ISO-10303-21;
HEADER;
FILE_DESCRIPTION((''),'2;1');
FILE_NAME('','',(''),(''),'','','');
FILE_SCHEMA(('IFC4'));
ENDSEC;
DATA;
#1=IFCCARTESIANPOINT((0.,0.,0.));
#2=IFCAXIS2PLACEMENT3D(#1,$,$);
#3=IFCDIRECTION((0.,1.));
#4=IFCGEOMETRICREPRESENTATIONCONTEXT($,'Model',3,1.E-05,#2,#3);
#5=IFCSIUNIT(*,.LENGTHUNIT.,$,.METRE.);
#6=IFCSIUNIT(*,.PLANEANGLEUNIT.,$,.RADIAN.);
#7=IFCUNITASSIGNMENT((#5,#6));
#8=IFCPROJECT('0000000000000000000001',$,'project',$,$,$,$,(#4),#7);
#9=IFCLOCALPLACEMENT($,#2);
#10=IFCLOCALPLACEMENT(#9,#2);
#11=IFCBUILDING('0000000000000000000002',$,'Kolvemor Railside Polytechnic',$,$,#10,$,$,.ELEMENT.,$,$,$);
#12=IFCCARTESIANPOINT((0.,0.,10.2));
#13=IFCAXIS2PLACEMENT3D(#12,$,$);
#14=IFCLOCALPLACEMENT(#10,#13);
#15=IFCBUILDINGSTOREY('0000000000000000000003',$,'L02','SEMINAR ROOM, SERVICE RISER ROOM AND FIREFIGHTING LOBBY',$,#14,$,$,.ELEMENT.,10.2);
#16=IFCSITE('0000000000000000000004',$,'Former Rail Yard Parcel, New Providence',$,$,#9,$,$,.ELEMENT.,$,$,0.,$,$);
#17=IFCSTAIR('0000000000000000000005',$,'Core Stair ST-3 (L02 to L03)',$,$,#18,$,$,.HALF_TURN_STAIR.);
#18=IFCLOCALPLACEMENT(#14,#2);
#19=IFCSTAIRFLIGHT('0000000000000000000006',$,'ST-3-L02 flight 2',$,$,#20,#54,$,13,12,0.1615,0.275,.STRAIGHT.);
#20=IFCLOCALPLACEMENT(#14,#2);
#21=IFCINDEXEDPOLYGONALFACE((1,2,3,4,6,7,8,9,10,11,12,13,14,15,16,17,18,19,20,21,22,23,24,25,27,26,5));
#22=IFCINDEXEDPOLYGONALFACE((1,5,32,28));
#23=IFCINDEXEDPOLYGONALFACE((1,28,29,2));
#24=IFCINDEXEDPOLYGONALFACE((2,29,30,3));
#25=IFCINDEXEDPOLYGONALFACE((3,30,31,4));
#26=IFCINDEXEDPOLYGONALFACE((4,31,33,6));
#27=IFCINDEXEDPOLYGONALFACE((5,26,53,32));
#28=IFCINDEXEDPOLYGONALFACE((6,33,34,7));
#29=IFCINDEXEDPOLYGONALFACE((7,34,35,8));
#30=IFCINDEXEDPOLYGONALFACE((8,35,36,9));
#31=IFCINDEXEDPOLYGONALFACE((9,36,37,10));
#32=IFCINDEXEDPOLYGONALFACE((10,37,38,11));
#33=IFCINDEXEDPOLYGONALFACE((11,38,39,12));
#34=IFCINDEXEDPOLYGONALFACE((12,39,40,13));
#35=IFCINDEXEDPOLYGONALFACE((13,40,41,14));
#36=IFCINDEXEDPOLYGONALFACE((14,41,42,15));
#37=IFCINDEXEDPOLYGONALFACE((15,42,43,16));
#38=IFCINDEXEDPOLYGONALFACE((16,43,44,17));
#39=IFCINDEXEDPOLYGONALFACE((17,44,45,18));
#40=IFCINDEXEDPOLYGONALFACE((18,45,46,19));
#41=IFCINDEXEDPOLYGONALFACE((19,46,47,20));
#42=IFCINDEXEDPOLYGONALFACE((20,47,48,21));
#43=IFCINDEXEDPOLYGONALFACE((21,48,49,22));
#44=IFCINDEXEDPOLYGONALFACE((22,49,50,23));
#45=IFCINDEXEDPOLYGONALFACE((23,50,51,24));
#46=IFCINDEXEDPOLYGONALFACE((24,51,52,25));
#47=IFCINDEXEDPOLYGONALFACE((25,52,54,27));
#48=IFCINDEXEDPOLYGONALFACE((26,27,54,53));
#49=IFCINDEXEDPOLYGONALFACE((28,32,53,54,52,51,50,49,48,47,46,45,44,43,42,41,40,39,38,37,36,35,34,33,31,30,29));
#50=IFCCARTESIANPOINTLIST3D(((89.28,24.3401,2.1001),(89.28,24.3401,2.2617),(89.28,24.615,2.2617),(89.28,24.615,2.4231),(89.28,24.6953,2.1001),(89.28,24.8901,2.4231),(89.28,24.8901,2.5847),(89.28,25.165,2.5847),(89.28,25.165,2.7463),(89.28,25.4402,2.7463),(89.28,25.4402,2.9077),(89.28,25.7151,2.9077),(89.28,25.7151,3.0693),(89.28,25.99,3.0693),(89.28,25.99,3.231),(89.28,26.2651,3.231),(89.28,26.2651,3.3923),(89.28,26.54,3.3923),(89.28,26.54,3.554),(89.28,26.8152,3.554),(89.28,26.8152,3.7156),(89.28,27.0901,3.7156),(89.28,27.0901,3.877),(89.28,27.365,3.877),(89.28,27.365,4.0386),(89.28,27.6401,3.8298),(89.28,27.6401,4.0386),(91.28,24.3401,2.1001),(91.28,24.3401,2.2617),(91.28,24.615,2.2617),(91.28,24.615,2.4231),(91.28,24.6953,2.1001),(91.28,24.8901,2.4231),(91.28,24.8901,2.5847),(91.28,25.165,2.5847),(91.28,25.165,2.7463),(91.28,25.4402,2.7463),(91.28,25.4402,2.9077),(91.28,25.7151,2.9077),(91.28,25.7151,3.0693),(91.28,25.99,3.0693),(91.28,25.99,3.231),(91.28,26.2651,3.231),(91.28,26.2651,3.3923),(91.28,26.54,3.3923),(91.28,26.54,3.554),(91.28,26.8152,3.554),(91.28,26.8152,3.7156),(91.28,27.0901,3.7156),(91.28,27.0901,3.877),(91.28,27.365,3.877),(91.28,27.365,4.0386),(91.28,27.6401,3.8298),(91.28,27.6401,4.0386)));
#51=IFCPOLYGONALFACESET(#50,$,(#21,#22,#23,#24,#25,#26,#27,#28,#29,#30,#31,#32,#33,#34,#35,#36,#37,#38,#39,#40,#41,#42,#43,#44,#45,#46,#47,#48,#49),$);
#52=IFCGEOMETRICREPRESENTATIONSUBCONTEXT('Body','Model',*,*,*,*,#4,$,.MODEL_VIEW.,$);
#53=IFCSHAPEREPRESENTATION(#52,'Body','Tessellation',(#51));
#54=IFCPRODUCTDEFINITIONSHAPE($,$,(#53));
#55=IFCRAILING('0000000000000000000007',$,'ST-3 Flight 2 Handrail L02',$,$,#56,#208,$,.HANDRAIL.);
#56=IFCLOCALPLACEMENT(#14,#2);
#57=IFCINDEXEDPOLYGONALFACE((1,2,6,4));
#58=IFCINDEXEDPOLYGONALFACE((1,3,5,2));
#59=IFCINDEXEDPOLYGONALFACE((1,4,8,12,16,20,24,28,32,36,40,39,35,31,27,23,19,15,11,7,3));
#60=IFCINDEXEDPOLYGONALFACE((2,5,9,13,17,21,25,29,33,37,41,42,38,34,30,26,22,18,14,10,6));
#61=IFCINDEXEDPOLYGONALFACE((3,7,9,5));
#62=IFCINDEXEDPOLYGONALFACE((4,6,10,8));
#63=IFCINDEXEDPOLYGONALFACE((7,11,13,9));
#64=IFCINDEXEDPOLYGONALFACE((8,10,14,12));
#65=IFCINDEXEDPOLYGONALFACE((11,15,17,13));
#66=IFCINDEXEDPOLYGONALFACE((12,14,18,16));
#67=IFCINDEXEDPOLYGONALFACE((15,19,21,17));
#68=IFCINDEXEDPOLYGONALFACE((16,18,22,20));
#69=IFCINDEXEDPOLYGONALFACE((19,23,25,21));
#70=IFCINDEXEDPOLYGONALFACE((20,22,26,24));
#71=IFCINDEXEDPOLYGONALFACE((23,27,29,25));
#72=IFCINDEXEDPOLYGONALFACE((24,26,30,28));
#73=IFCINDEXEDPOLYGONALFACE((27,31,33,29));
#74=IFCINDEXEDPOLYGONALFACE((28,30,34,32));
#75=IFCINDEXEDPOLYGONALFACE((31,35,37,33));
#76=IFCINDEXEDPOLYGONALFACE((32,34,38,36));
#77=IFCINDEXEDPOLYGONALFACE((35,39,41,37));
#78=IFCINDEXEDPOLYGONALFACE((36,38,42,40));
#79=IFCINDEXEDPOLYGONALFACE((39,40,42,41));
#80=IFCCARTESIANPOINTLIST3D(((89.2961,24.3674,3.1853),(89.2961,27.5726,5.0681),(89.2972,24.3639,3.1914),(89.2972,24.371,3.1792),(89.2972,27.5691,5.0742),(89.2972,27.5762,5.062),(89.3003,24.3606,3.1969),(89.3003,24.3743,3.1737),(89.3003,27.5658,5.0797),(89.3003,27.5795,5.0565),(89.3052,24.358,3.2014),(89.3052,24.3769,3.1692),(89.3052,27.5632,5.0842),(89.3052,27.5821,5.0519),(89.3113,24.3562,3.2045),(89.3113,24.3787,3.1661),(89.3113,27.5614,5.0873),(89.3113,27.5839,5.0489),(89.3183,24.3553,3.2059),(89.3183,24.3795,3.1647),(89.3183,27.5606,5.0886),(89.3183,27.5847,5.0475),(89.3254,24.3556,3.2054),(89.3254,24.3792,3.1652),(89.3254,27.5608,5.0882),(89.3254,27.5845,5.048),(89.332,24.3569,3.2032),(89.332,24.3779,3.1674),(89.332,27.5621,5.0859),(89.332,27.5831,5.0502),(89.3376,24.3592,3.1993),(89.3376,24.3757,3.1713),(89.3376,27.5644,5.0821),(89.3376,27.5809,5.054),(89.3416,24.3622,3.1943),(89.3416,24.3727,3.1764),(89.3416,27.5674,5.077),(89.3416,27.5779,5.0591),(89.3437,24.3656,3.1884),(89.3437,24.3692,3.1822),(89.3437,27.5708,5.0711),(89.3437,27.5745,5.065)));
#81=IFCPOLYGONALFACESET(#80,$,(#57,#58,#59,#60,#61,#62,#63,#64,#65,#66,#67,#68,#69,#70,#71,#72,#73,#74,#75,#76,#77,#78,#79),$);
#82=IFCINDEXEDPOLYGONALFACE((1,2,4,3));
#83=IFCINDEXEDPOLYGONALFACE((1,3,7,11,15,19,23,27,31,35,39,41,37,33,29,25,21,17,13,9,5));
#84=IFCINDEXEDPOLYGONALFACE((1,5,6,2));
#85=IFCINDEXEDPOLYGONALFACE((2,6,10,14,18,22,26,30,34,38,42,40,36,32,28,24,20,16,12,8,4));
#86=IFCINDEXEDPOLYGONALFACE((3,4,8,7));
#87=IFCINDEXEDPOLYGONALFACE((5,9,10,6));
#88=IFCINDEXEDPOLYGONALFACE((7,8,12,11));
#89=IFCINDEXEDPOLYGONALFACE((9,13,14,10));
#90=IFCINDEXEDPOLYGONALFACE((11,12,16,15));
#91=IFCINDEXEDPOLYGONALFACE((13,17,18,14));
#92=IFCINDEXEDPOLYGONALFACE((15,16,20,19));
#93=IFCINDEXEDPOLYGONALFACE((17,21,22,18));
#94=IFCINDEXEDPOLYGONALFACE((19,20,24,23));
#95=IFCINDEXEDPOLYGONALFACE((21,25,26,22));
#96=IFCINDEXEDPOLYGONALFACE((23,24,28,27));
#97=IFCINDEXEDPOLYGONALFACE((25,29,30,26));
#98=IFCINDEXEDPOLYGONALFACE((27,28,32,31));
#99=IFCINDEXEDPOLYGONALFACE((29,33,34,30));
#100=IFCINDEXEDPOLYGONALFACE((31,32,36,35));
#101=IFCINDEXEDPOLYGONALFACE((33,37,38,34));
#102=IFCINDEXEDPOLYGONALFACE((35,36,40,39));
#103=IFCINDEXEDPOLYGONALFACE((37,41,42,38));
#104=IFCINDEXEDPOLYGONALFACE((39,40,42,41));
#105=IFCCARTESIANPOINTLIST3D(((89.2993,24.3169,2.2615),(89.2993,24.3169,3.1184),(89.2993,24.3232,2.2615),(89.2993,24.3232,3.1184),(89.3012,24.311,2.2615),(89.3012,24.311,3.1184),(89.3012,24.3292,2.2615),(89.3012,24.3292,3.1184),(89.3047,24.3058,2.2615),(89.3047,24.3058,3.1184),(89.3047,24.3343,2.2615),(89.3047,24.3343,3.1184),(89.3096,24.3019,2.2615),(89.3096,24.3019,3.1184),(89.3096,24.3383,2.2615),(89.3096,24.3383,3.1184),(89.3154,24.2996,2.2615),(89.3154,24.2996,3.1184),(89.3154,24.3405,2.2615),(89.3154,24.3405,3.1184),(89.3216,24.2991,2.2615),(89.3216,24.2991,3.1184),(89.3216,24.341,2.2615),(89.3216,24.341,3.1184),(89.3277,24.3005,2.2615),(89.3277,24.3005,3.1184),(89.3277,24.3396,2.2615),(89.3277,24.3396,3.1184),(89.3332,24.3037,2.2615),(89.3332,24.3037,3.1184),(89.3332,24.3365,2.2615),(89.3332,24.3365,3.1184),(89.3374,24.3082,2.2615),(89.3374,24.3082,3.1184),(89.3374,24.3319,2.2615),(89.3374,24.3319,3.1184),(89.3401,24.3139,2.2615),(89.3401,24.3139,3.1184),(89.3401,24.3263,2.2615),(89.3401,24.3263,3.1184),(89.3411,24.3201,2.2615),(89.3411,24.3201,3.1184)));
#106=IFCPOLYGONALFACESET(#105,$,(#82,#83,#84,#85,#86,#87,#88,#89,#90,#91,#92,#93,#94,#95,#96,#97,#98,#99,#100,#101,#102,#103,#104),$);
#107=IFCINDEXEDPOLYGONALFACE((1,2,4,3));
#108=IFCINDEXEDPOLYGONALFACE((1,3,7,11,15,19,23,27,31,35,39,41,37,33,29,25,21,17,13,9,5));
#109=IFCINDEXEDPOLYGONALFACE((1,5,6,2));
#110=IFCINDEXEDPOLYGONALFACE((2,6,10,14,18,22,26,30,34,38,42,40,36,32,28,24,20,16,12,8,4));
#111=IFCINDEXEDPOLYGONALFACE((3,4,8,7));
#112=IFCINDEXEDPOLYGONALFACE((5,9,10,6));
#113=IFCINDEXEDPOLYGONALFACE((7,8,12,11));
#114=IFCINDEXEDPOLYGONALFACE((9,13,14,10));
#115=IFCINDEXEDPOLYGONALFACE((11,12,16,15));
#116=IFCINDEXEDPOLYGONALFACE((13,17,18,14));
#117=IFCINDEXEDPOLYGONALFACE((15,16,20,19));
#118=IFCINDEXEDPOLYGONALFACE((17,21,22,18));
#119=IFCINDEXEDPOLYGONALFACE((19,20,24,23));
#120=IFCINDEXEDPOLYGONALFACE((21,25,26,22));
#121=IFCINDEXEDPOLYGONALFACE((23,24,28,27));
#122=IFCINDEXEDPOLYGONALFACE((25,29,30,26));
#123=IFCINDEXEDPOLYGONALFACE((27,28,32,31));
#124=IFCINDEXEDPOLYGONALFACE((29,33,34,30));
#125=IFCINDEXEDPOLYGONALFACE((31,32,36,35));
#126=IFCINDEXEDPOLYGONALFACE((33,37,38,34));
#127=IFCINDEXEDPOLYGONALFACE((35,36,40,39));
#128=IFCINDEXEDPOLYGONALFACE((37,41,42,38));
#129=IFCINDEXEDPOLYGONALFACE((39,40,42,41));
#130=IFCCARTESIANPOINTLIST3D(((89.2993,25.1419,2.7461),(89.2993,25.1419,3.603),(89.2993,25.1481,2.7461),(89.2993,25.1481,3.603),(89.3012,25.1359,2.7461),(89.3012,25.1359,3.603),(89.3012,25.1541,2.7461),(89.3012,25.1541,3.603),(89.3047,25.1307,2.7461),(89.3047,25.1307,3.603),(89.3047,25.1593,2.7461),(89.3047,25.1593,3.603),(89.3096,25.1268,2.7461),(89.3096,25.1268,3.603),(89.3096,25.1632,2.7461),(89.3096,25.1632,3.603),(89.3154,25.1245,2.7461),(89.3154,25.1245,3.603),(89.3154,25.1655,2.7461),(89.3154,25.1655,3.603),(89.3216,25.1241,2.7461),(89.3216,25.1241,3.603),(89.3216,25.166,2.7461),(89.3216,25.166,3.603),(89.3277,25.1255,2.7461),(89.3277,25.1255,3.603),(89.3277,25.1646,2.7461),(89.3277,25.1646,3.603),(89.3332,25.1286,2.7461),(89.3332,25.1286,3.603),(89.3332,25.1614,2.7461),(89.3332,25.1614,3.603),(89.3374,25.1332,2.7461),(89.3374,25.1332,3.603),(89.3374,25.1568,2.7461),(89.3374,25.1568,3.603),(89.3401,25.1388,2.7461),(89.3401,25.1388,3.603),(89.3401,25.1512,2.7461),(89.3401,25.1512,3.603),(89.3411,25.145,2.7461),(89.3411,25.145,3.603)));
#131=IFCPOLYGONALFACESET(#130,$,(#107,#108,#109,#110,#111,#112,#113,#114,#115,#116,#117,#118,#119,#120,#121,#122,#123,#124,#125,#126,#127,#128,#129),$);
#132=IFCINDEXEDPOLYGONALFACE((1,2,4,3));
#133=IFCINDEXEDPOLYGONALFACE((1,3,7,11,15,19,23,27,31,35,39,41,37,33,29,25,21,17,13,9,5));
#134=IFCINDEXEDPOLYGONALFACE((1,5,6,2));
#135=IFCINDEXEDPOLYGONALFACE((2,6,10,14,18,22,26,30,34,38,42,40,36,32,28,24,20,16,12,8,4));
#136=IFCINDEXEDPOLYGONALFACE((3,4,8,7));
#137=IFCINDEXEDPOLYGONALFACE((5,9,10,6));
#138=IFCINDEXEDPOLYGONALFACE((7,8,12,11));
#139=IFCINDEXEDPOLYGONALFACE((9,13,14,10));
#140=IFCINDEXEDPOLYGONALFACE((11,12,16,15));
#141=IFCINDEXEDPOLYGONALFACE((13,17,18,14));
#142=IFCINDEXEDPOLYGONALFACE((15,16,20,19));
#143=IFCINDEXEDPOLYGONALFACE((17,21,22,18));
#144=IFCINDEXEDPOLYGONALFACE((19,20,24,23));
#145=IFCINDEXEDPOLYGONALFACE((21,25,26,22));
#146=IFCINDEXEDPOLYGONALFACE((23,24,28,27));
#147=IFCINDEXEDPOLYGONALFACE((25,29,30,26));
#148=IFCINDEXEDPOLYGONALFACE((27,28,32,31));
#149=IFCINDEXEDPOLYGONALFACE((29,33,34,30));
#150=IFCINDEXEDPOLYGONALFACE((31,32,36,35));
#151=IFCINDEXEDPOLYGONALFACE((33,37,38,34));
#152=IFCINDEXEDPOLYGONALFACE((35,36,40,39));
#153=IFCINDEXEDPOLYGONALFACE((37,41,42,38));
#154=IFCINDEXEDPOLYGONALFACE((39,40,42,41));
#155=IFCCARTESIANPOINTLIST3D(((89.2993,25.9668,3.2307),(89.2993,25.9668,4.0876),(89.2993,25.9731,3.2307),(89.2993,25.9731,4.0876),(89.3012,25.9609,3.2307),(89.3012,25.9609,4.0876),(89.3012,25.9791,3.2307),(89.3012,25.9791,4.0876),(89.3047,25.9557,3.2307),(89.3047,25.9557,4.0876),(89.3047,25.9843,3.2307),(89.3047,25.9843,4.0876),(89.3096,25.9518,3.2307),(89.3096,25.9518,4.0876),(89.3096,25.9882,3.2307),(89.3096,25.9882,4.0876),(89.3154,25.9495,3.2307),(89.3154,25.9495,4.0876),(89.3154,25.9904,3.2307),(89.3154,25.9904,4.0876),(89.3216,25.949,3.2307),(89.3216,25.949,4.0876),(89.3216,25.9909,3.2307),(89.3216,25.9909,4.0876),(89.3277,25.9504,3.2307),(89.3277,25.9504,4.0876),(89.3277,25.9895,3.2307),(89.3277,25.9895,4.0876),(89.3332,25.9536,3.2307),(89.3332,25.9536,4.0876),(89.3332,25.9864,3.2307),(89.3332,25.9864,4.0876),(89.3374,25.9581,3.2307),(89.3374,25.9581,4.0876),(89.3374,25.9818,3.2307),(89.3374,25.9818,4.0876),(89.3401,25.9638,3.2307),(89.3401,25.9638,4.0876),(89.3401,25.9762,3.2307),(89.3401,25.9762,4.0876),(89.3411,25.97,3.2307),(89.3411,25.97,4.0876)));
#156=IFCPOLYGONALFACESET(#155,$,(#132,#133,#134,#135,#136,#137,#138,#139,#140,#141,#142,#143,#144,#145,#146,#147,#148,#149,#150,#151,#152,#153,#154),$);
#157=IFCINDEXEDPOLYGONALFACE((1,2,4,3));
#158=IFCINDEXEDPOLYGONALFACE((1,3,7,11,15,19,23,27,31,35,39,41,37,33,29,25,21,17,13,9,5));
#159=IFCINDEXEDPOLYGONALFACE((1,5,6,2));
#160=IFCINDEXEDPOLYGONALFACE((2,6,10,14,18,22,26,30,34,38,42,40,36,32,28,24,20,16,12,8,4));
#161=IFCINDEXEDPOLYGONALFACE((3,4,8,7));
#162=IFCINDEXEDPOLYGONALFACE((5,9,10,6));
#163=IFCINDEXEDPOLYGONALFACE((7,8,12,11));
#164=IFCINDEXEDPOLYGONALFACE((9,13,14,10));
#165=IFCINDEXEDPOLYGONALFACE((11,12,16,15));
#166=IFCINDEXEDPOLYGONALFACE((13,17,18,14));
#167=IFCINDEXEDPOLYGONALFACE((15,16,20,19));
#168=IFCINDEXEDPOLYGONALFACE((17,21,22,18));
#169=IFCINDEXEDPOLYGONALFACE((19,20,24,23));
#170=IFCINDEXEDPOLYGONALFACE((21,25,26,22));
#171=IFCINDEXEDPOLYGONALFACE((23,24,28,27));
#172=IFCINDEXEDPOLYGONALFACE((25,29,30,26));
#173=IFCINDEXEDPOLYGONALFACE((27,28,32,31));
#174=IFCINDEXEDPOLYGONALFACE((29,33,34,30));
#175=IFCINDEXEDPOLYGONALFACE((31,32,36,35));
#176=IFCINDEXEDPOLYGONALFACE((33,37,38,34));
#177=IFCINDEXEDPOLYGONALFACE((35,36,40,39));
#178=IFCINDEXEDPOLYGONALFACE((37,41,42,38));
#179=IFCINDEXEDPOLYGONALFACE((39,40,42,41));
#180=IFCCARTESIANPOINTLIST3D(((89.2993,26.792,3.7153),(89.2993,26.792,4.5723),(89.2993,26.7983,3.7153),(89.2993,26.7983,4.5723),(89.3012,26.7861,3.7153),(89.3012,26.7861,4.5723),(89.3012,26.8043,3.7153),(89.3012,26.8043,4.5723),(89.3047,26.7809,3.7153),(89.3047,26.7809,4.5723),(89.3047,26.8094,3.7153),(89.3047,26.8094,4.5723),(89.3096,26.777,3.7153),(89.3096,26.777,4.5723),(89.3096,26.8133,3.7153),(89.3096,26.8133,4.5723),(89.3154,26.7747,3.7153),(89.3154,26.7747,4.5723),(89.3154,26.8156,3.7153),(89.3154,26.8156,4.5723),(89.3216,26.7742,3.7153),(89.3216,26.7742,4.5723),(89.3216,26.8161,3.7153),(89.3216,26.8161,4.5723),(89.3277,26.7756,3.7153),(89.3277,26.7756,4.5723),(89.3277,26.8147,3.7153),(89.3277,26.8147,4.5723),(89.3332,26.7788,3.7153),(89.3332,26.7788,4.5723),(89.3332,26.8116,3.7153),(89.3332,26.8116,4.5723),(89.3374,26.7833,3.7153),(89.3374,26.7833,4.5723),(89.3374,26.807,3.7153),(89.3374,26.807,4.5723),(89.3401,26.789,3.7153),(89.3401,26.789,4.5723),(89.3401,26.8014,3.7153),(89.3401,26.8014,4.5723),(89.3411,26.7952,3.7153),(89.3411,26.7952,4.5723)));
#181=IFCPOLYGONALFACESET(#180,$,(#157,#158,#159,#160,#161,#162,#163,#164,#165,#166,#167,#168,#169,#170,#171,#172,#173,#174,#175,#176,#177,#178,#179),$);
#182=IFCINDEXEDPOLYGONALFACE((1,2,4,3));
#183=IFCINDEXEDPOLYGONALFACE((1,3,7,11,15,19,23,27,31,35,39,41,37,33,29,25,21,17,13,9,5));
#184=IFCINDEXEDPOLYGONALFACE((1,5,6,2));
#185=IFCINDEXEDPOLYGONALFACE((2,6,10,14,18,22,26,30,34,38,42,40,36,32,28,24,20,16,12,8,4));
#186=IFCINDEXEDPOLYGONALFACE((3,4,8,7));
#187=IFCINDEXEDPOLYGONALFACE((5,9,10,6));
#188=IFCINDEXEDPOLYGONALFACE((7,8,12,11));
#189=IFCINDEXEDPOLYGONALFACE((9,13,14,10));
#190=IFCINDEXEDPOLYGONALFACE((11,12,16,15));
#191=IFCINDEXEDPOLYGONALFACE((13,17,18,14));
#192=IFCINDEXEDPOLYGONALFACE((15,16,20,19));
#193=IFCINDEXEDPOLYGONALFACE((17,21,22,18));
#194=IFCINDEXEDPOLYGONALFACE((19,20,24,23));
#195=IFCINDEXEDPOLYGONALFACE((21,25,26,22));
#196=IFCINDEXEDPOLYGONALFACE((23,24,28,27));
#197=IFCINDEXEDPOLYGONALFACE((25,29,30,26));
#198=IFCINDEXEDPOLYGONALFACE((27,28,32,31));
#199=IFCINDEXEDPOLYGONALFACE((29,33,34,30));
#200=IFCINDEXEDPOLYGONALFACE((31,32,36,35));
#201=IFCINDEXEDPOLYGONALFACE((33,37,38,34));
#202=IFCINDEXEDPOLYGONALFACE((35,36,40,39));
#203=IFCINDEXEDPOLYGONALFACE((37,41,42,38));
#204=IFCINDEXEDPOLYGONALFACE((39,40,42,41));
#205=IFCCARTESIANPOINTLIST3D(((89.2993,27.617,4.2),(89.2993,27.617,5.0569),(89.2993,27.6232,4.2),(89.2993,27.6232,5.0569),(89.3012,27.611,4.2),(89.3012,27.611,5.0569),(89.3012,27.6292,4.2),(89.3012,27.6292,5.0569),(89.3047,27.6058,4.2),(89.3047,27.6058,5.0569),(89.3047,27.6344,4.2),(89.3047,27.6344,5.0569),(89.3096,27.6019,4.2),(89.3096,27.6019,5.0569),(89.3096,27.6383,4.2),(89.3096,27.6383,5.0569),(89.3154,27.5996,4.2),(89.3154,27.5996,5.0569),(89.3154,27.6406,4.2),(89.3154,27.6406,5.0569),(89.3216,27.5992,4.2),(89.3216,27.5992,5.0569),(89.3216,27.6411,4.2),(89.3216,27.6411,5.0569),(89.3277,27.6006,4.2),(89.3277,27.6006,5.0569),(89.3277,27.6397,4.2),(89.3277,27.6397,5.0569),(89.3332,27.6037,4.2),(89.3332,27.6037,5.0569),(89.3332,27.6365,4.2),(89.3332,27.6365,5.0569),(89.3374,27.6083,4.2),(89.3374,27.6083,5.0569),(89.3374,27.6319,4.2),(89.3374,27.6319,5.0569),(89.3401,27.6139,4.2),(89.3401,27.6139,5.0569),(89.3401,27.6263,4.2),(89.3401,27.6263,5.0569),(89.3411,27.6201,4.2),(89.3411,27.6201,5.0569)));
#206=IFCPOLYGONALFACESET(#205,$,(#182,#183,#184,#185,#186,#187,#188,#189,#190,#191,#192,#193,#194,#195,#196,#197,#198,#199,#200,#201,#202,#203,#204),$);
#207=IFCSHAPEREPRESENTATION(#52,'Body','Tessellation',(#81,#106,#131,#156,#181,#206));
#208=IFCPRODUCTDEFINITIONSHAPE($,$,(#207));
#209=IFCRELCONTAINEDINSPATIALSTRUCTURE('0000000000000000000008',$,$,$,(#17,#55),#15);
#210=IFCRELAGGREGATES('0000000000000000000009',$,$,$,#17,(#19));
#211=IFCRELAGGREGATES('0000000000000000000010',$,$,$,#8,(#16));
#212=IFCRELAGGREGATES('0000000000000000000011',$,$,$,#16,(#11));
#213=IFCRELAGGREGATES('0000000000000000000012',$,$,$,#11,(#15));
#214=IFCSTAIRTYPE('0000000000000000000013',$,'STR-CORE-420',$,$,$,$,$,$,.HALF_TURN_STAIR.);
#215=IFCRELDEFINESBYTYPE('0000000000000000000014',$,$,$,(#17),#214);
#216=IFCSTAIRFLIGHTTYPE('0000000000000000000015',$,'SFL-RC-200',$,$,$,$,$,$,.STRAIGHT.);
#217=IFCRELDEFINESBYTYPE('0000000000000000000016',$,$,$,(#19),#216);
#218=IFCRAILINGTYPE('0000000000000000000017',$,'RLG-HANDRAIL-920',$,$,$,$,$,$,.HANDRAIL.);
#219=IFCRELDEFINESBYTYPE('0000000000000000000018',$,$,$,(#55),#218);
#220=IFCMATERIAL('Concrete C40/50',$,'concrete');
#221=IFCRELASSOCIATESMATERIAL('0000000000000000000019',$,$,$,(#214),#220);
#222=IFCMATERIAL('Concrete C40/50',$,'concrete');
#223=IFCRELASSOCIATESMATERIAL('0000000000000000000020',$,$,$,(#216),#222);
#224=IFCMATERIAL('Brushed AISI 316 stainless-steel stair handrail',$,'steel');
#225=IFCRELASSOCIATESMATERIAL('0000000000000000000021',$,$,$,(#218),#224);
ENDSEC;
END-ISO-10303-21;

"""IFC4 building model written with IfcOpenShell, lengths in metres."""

from ifc_helpers import new_model, si_unit, direction, frame, origin, origin_2d, place, context, subcontext, project, spatial, polyline, circle, outline, extrude, material, type_object, element, aggregate, save


model = new_model("IFC4")

# Units and contexts
model_context = context("Model", 3, precision=1e-05, world=origin(), true_north=direction((0.0, 1.0)))
body_context = subcontext(model_context, "Body", "Model", "MODEL_VIEW")
ifc_project = project(units=[si_unit("LENGTHUNIT", "METRE"), si_unit("PLANEANGLEUNIT", "RADIAN")], contexts=[model_context])

# Site, building, storey
site_placement = place(None, origin())
site = spatial("IfcSite", under=ifc_project, at=site_placement, Name="Former Rail Yard Parcel, New Providence", CompositionType="ELEMENT", RefElevation=0.0)
building_placement = place(site_placement, origin())
building = spatial("IfcBuilding", under=site, at=building_placement, Name="Kolvemor Railside Polytechnic", CompositionType="ELEMENT")
storey_placement = place(building_placement, frame((0.0, 0.0, 10.2)))
storey = spatial("IfcBuildingStorey", under=building, at=storey_placement, Name="L02", Description="SEMINAR ROOM, SERVICE RISER ROOM AND FIREFIGHTING LOBBY", CompositionType="ELEMENT", Elevation=10.2)

# Stair, stair flight
ifc_material_1 = material(Name="Concrete C40/50", Category="concrete")
stair_type = type_object("IfcStairType", Name="STR-CORE-420", PredefinedType="HALF_TURN_STAIR", material=ifc_material_1)
stair_placement = place(storey_placement, origin())
stair = element("IfcStair", 1, at=stair_placement, inside=storey, type_object=stair_type, Name="Core Stair ST-3 (L02 to L03)", PredefinedType="HALF_TURN_STAIR")
ifc_material_2 = material(Name="Concrete C40/50", Category="concrete")
stair_flight_type = type_object("IfcStairFlightType", Name="SFL-RC-200", PredefinedType="STRAIGHT", material=ifc_material_2)
stair_flight_placement = place(storey_placement, frame((90.28, 24.3401, 2.1001), z_axis=(0.0, 0.0, 1.0), x_axis=(0.0, 1.0, 0.0)))
stair_flight = element("IfcStairFlight", 2, at=stair_flight_placement, type_object=stair_flight_type, Name="ST-3-L02 flight 2", NumberOfRisers=13, NumberOfTreads=12, PredefinedType="STRAIGHT", RiserHeight=0.1615, TreadLength=0.275, context=body_context, shape_type="SweptSolid", body=[
    extrude(outline(polyline([(0.0, 0.0), (0.0, 0.1616), (0.2749, 0.1616), (0.2749, 0.323), (0.55, 0.323), (0.55, 0.4846), (0.825, 0.4846), (0.825, 0.6462), (1.1001, 0.6462), (1.1001, 0.8076), (1.375, 0.8076), (1.375, 0.9692), (1.6499, 0.9692), (1.6499, 1.1309), (1.925, 1.1309), (1.925, 1.2922), (2.2, 1.2922), (2.2, 1.4539), (2.4751, 1.4539), (2.4751, 1.6155), (2.75, 1.6155), (2.75, 1.7769), (3.0249, 1.7769), (3.0249, 1.9385), (3.3, 1.9385), (3.3, 2.1001), (3.3, 1.7297), (0.3552, 0.0), (0.0, 0.0)])), frame((0.0, 1.0, 0.0), z_axis=(0.0, -1.0, 0.0), x_axis=(1.0, 0.0, 0.0)), (0.0, 0.0, 1.0), 2.0),
])
aggregate(stair, [stair_flight])

# Railing
ifc_material_3 = material(Name="Brushed AISI 316 stainless-steel stair handrail", Category="steel")
railing_type = type_object("IfcRailingType", Name="RLG-HANDRAIL-920", PredefinedType="HANDRAIL", material=ifc_material_3)
railing_placement = place(storey_placement, frame((89.3201, 24.3201, 2.2615)))
element("IfcRailing", 3, at=railing_placement, inside=storey, type_object=railing_type, Name="ST-3 Flight 2 Handrail L02", PredefinedType="HANDRAIL", context=body_context, shape_type="SweptSolid", body=[
    extrude(circle(Radius=0.0239, at=origin_2d()), frame((0.0, 0.0474, 0.9238), z_axis=(0.0, 0.862246, 0.50649), x_axis=(-1.0, 0.0, 0.0)), (0.0, 0.0, 1.0), 3.7173),
    extrude(circle(Radius=0.021, at=origin_2d()), origin(), (0.0, 0.0, 1.0), 0.8569),
    extrude(circle(Radius=0.021, at=origin_2d()), frame((0.0, 0.825, 0.4846)), (0.0, 0.0, 1.0), 0.8569),
    extrude(circle(Radius=0.021, at=origin_2d()), frame((0.0, 1.6499, 0.9692)), (0.0, 0.0, 1.0), 0.8569),
    extrude(circle(Radius=0.021, at=origin_2d()), frame((0.0, 2.4751, 1.4539)), (0.0, 0.0, 1.0), 0.8569),
    extrude(circle(Radius=0.021, at=origin_2d()), frame((0.0, 3.3, 1.9385)), (0.0, 0.0, 1.0), 0.8569),
])

save(model, "model.ifc")
